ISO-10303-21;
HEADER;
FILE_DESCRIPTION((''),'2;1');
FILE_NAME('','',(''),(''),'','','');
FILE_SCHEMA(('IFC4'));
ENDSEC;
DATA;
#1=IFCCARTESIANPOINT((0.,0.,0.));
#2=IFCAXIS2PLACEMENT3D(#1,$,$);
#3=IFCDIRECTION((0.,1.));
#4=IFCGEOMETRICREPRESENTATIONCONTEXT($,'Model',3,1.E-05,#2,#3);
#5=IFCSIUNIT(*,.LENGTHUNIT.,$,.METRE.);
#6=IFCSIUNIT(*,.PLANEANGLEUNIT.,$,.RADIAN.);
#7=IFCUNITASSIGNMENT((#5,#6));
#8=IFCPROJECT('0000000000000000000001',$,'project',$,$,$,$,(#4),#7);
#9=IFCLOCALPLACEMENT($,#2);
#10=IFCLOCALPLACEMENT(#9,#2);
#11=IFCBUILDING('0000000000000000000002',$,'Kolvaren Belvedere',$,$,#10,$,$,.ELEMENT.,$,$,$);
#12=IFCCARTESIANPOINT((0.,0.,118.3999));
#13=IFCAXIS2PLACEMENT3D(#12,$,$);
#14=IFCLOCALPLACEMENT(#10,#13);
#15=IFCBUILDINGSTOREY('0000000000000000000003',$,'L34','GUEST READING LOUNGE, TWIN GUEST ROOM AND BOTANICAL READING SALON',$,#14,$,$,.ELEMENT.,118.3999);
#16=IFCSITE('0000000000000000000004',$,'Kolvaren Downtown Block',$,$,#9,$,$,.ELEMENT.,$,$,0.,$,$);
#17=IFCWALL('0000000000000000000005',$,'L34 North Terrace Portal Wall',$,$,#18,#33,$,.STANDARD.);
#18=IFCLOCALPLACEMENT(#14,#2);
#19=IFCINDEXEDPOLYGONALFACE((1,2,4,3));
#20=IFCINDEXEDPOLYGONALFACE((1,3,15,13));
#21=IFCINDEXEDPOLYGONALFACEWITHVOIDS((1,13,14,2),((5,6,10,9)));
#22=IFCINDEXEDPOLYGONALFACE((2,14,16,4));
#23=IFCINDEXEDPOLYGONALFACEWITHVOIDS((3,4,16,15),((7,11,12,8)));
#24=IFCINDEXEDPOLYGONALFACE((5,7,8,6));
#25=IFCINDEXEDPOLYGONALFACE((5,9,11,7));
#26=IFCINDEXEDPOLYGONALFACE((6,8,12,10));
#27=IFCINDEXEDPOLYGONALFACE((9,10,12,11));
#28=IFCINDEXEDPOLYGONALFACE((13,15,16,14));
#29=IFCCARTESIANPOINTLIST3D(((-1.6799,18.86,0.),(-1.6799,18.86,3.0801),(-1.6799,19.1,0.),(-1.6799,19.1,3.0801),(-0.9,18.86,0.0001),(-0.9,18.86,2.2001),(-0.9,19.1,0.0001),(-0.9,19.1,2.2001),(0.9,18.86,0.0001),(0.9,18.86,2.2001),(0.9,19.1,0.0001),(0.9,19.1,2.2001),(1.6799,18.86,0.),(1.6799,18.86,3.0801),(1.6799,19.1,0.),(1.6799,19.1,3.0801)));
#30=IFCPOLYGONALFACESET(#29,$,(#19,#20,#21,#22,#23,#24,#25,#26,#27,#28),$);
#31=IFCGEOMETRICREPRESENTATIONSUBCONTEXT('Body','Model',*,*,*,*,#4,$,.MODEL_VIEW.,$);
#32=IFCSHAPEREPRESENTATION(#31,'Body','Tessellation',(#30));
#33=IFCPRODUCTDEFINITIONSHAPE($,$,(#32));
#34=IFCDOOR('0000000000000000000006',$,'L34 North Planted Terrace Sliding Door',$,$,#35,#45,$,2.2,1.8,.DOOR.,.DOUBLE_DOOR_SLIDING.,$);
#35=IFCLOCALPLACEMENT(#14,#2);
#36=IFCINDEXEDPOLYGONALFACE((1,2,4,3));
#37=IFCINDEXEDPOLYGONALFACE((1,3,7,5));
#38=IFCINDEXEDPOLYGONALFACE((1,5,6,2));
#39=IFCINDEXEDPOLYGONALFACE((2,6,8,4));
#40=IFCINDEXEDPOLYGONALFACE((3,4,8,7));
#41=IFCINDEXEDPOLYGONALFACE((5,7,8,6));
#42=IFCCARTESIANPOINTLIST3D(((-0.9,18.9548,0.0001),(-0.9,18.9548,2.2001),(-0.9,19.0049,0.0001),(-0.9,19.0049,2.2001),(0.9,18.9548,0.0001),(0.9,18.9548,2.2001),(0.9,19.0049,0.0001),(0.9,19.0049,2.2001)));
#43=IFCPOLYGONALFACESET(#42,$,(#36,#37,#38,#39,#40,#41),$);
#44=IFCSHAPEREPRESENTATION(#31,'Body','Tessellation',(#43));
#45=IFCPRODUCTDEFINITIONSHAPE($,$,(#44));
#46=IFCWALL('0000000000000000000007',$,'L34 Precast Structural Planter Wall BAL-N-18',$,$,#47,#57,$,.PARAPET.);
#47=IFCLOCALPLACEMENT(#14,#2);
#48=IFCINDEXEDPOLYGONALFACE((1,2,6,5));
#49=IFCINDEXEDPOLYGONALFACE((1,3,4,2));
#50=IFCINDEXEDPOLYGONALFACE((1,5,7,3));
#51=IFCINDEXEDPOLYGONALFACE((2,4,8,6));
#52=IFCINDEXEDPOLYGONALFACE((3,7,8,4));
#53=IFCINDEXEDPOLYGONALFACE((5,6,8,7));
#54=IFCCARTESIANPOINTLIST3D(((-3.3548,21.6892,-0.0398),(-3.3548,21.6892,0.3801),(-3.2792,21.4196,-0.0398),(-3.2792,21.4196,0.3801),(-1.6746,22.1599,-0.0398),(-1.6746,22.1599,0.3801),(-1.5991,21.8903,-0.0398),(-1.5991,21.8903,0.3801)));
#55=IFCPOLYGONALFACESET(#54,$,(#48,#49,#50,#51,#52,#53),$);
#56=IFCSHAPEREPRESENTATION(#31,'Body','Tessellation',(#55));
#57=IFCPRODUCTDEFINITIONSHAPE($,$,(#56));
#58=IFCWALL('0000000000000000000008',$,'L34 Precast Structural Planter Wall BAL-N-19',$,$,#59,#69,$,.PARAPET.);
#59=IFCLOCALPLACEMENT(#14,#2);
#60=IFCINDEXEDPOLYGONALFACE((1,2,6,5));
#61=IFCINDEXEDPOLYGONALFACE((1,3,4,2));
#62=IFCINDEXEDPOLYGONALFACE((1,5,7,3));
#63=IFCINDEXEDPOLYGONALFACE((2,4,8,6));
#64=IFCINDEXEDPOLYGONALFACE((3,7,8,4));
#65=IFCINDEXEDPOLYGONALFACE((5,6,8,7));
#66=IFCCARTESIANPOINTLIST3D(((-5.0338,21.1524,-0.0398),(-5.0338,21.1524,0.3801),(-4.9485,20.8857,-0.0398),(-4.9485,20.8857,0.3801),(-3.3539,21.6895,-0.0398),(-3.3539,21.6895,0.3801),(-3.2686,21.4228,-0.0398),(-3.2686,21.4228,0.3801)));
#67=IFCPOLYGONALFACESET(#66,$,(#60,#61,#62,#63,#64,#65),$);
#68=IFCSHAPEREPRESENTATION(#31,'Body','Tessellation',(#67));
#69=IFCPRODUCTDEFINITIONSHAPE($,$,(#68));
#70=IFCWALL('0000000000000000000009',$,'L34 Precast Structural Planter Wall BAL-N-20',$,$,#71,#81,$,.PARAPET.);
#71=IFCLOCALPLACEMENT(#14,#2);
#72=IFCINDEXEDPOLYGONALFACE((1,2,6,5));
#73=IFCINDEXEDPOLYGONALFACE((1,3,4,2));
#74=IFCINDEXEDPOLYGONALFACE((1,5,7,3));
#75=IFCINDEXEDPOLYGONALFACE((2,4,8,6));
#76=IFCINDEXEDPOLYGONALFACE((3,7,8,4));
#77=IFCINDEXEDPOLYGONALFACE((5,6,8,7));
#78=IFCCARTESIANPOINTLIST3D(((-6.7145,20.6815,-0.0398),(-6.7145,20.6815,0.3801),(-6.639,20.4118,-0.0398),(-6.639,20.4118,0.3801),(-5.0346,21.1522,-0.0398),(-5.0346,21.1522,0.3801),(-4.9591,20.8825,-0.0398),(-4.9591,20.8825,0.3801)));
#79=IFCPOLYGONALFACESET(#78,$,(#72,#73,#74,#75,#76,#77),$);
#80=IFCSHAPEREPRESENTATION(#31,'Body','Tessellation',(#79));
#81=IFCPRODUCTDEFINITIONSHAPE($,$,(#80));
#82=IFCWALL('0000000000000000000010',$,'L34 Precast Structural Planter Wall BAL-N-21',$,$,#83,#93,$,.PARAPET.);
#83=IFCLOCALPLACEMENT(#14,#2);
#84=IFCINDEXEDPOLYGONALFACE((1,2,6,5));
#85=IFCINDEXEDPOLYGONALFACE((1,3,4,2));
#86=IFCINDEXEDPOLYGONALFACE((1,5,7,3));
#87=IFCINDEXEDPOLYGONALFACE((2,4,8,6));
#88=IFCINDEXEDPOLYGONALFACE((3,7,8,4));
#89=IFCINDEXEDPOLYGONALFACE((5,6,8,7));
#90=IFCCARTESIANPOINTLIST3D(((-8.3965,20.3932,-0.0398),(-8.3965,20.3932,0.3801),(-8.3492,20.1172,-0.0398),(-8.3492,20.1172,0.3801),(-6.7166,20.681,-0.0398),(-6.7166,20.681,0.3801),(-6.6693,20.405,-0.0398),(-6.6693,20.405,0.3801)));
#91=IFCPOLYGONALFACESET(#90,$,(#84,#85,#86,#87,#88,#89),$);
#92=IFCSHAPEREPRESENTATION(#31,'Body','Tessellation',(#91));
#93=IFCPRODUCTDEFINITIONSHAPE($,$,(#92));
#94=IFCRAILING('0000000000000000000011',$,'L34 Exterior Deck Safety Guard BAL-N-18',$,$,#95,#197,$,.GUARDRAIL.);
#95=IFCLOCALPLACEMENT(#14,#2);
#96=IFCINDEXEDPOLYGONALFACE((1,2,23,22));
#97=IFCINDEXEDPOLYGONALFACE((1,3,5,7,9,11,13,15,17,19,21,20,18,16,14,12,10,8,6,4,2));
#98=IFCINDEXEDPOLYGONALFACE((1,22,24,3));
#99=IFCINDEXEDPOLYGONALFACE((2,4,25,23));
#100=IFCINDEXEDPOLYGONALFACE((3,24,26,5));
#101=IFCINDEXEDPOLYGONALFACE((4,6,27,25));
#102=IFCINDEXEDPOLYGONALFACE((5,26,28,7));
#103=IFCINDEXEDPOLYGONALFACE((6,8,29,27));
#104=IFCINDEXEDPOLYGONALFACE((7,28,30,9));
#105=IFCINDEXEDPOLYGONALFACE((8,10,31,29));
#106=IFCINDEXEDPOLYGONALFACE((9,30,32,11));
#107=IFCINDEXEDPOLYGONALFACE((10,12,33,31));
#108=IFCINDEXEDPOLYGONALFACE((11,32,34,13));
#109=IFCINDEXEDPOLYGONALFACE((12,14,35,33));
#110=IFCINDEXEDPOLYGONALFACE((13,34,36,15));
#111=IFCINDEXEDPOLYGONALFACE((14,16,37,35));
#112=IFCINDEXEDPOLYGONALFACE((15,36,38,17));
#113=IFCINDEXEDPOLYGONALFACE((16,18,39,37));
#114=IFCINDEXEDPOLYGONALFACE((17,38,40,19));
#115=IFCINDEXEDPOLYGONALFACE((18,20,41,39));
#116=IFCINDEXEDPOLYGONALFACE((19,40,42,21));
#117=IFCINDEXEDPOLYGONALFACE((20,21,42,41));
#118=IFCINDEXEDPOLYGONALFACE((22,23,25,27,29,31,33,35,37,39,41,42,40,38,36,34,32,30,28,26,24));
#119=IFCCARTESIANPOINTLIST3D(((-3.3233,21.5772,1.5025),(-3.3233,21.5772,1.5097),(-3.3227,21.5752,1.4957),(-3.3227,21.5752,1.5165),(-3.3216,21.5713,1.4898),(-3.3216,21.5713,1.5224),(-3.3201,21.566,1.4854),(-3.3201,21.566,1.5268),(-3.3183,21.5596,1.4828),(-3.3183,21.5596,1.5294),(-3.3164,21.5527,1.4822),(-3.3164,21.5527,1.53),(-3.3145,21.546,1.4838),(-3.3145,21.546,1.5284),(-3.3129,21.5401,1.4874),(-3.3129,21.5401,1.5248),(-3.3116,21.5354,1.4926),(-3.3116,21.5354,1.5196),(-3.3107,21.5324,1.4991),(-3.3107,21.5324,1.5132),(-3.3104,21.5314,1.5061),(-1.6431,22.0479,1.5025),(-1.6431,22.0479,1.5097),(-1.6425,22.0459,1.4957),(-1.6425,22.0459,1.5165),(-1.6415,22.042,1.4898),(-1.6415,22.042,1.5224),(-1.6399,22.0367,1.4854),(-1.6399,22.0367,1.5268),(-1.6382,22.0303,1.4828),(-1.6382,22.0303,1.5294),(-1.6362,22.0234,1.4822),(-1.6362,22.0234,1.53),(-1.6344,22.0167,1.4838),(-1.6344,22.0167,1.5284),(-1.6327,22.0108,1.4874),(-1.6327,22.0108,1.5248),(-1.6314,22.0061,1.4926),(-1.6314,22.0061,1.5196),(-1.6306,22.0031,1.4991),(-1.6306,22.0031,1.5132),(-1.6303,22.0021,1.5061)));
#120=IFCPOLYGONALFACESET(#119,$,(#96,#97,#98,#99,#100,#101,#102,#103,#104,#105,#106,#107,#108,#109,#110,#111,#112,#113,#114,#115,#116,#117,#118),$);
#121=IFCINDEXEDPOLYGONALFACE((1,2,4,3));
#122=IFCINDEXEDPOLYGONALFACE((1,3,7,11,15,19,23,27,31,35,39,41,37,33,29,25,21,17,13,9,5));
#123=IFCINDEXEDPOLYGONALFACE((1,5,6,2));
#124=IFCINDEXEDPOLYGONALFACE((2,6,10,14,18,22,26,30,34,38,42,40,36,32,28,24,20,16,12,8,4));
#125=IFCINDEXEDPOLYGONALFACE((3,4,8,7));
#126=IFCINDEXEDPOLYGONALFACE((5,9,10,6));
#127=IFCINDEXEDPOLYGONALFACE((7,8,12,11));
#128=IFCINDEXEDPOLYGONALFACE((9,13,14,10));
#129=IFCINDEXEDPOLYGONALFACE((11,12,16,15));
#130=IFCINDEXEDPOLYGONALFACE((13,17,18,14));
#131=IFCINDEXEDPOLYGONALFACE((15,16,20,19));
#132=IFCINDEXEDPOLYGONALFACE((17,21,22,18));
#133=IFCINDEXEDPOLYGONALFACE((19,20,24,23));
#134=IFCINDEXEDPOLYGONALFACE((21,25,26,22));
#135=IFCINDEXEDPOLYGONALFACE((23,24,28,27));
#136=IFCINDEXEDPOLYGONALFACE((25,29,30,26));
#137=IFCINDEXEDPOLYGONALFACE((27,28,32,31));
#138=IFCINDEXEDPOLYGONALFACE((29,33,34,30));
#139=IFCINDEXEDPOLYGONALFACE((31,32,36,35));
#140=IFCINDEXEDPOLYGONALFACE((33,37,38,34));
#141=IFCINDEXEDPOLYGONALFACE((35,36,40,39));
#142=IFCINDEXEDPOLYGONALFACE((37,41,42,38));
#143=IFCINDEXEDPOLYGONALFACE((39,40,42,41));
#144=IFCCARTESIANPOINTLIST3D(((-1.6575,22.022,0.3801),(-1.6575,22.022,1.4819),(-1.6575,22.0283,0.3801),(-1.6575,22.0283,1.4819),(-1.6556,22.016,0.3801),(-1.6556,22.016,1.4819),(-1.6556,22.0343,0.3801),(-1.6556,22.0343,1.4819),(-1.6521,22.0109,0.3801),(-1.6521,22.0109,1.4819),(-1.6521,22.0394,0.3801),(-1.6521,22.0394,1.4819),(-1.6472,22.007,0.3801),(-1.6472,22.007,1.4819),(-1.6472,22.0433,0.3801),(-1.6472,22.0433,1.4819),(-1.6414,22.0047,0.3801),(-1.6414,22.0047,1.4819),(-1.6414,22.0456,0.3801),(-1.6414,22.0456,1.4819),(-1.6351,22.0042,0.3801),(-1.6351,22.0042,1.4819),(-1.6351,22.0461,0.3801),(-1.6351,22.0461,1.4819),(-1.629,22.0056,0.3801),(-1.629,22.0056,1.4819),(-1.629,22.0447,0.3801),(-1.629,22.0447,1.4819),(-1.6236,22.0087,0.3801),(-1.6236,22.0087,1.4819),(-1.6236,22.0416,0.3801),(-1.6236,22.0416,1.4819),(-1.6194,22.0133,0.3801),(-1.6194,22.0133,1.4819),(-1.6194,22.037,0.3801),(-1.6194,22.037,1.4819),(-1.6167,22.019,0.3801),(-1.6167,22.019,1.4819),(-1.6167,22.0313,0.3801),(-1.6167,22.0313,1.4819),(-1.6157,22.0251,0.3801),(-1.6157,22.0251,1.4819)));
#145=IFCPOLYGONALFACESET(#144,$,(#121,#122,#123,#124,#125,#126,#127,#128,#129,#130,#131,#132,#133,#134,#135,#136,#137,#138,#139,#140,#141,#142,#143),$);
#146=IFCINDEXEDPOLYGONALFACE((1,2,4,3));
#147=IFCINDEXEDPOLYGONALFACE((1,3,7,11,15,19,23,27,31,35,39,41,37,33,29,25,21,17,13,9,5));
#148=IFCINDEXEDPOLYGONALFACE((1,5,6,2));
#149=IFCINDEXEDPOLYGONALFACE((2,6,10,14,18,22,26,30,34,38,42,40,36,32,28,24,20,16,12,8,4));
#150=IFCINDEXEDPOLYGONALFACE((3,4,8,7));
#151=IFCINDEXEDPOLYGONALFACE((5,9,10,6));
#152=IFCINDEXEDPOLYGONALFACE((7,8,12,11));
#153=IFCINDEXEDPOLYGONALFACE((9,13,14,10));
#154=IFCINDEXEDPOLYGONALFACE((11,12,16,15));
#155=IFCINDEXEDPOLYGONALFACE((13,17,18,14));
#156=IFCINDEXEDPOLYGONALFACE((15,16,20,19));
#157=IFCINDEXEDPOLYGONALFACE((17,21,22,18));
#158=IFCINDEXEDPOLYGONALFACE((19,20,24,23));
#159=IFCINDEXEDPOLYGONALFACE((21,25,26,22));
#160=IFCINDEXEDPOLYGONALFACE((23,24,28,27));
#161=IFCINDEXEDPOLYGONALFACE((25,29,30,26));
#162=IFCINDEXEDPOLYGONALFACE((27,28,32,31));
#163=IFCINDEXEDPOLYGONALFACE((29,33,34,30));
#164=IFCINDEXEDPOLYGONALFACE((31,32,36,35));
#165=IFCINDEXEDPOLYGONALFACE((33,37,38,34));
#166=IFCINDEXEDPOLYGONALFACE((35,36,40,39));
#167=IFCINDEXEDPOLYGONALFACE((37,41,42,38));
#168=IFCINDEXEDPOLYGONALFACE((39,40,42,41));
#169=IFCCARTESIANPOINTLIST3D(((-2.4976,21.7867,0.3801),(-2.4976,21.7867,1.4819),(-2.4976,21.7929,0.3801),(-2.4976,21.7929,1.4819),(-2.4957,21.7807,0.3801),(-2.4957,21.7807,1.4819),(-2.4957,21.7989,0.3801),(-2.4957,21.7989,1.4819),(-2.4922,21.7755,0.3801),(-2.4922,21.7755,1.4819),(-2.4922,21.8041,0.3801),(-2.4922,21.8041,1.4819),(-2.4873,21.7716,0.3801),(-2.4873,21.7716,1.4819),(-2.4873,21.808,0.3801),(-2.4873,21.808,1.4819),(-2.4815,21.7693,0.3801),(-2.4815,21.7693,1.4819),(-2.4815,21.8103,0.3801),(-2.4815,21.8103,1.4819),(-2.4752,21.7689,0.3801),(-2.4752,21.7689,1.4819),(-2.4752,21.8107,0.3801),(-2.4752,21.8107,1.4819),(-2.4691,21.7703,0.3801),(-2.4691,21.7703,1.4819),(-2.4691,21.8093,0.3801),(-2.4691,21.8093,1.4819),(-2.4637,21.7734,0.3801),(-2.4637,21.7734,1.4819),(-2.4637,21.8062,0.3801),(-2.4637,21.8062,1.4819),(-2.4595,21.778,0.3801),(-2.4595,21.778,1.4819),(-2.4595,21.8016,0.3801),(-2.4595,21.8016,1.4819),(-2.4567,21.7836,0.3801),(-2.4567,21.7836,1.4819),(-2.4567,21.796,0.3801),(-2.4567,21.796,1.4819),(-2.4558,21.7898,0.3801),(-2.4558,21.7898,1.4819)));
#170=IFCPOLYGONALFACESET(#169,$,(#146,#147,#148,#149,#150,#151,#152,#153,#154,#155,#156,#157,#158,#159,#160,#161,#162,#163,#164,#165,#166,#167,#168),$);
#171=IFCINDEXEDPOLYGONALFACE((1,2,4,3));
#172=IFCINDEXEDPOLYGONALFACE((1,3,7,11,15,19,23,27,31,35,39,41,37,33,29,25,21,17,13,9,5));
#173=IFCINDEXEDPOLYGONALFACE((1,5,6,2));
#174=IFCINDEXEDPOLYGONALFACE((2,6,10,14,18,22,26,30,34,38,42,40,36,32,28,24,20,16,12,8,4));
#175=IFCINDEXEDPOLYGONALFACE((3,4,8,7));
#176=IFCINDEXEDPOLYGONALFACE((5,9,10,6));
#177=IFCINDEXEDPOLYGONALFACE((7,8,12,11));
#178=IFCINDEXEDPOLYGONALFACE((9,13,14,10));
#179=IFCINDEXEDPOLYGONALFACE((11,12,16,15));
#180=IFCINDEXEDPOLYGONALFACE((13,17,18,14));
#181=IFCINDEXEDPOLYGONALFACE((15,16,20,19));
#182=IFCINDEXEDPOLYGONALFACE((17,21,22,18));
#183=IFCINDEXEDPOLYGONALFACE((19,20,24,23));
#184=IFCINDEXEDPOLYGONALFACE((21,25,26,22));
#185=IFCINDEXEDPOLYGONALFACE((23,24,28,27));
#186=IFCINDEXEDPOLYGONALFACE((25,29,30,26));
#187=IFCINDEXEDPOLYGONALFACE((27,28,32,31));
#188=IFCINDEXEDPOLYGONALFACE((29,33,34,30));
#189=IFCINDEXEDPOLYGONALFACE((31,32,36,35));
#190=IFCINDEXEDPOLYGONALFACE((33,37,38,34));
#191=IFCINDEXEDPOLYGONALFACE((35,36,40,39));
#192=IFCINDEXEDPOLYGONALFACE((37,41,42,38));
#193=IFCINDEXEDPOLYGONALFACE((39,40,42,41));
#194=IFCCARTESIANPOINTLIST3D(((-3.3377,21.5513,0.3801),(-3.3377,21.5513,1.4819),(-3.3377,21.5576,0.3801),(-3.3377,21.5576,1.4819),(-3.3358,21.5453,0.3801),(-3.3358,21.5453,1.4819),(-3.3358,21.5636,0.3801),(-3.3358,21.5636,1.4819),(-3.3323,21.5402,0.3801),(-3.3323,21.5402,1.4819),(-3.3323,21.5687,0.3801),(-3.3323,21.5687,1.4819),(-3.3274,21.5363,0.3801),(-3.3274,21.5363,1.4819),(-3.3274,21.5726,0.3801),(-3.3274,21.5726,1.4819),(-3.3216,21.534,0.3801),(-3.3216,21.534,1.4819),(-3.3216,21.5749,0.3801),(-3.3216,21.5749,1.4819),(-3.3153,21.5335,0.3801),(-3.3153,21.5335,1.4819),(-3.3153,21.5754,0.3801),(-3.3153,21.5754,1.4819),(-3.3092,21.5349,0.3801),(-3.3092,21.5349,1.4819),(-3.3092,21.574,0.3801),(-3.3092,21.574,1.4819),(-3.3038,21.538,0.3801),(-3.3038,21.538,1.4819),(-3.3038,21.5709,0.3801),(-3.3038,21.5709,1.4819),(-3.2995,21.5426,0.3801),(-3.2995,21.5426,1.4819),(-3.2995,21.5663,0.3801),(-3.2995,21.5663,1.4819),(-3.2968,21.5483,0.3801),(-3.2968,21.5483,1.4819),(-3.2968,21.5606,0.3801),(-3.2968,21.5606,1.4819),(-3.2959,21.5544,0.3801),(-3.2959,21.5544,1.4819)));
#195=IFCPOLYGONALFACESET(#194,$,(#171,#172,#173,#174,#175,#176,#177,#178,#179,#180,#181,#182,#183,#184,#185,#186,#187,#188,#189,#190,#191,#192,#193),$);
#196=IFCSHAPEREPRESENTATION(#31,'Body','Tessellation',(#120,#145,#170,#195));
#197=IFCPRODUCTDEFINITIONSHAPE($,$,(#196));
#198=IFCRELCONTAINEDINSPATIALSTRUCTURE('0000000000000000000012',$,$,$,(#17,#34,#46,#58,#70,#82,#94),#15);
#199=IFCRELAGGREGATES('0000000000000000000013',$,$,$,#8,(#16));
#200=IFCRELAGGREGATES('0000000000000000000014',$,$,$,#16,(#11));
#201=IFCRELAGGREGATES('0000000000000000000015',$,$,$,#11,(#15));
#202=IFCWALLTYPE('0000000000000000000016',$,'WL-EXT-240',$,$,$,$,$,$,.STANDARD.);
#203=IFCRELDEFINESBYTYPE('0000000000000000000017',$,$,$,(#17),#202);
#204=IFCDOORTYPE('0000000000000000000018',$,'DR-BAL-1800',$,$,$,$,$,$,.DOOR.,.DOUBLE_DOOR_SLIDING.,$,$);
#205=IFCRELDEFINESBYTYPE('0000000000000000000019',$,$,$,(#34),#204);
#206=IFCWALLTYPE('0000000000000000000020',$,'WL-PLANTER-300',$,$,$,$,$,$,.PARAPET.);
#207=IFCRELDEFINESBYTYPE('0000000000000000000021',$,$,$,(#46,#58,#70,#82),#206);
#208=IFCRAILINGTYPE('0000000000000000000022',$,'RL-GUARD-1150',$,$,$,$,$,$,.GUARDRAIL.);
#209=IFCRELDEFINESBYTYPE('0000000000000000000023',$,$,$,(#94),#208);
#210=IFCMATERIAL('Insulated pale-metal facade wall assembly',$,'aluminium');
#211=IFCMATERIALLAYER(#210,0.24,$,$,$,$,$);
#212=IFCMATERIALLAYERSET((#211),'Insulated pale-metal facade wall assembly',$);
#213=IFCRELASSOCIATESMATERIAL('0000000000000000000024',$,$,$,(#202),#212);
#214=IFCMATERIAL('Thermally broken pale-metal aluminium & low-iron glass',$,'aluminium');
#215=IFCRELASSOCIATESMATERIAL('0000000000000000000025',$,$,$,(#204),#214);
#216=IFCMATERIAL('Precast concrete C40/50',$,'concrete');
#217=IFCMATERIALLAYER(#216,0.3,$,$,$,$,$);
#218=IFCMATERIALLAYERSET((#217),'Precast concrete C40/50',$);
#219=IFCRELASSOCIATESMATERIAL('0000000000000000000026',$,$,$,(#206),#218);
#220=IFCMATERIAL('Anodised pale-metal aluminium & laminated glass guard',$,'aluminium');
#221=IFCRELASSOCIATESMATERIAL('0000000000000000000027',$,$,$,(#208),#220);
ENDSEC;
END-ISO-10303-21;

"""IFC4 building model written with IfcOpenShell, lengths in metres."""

from ifc_helpers import new_model, si_unit, direction, frame, frame_2d, origin, origin_2d, place, context, subcontext, project, spatial, rectangle, circle, extrude, material, layer, layer_set, type_object, element, fill, save


model = new_model("IFC4")

# Units and contexts
model_context = context("Model", 3, precision=1e-05, world=origin(), true_north=direction((0.0, 1.0)))
body_context = subcontext(model_context, "Body", "Model", "MODEL_VIEW")
ifc_project = project(units=[si_unit("LENGTHUNIT", "METRE"), si_unit("PLANEANGLEUNIT", "RADIAN")], contexts=[model_context])

# Site, building, storey
site_placement = place(None, origin())
site = spatial("IfcSite", under=ifc_project, at=site_placement, Name="Kolvaren Downtown Block", CompositionType="ELEMENT", RefElevation=0.0)
building_placement = place(site_placement, origin())
building = spatial("IfcBuilding", under=site, at=building_placement, Name="Kolvaren Belvedere", CompositionType="ELEMENT")
storey_placement = place(building_placement, frame((0.0, 0.0, 118.3999)))
storey = spatial("IfcBuildingStorey", under=building, at=storey_placement, Name="L34", Description="GUEST READING LOUNGE, TWIN GUEST ROOM AND BOTANICAL READING SALON", CompositionType="ELEMENT", Elevation=118.3999)

# Wall, opening, door
ifc_material_1 = material(Name="Insulated pale-metal facade wall assembly", Category="aluminium")
ifc_layer_1 = layer(ifc_material_1, 0.24)
ifc_layer_set_1 = layer_set([ifc_layer_1], Name="Insulated pale-metal facade wall assembly")
wall_type_1 = type_object("IfcWallType", Name="WL-EXT-240", PredefinedType="STANDARD", material=ifc_layer_set_1)
wall_1_placement = place(storey_placement, frame((-1.6799, 18.98, 0.0), z_axis=(0.0, 0.0, 1.0), x_axis=(1.0, 0.0, 0.0)))
wall_1 = element("IfcWall", 1, at=wall_1_placement, inside=storey, type_object=wall_type_1, Name="L34 North Terrace Portal Wall", PredefinedType="STANDARD", context=body_context, shape_type="SweptSolid", body=[
    extrude(rectangle(XDim=3.3599, YDim=0.24, at=frame_2d((1.6799, 0.0))), origin(), (0.0, 0.0, 1.0), 3.0801),
])
opening_placement = place(wall_1_placement, frame((0.78, 0.0, 0.0)))
opening = element("IfcOpeningElement", 2, at=opening_placement, cuts=wall_1, PredefinedType="OPENING", context=body_context, shape_type="SweptSolid", body=[
    extrude(rectangle(XDim=1.8, YDim=2.2, at=frame_2d((0.8999, 1.1001))), frame((0.0, 0.1299, 0.0), z_axis=(0.0, -1.0, 0.0), x_axis=(1.0, 0.0, 0.0)), (0.0, 0.0, 1.0), 0.26),
])
ifc_material_2 = material(Name="Thermally broken pale-metal aluminium & low-iron glass", Category="aluminium")
door_type = type_object("IfcDoorType", Name="DR-BAL-1800", OperationType="DOUBLE_DOOR_SLIDING", PredefinedType="DOOR", material=ifc_material_2)
door_placement = place(opening_placement, origin())
door = element("IfcDoor", 3, at=door_placement, inside=storey, type_object=door_type, Name="L34 North Planted Terrace Sliding Door", OperationType="DOUBLE_DOOR_SLIDING", OverallHeight=2.2, OverallWidth=1.8, PredefinedType="DOOR", context=body_context, shape_type="SweptSolid", body=[
    extrude(rectangle(XDim=1.8, YDim=2.2, at=frame_2d((0.8999, 1.1001))), frame((0.0, 0.0249, 0.0), z_axis=(0.0, -1.0, 0.0), x_axis=(1.0, 0.0, 0.0)), (0.0, 0.0, 1.0), 0.05),
])
fill(opening, door)

# Walls
ifc_material_3 = material(Name="Precast concrete C40/50", Category="concrete")
ifc_layer_2 = layer(ifc_material_3, 0.3)
ifc_layer_set_2 = layer_set([ifc_layer_2], Name="Precast concrete C40/50")
wall_type_2 = type_object("IfcWallType", Name="WL-PLANTER-300", PredefinedType="PARAPET", material=ifc_layer_set_2)
wall_2_placement = place(storey_placement, frame((-1.6367, 22.0251, -0.0398), z_axis=(0.0, 0.0, 1.0), x_axis=(-0.962926, -0.269765, 0.0)))
element("IfcWall", 4, at=wall_2_placement, inside=storey, type_object=wall_type_2, Name="L34 Precast Structural Planter Wall BAL-N-18", PredefinedType="PARAPET", context=body_context, shape_type="SweptSolid", body=[
    extrude(rectangle(XDim=1.7449, YDim=0.28, at=frame_2d((0.8726, 0.0))), origin(), (0.0, 0.0, 1.0), 0.4199),
])
wall_3_placement = place(storey_placement, frame((-3.3113, 21.5562, -0.0398), z_axis=(0.0, 0.0, 1.0), x_axis=(-0.952501, -0.304535, 0.0)))
element("IfcWall", 5, at=wall_3_placement, inside=storey, type_object=wall_type_2, Name="L34 Precast Structural Planter Wall BAL-N-19", PredefinedType="PARAPET", context=body_context, shape_type="SweptSolid", body=[
    extrude(rectangle(XDim=1.7637, YDim=0.28, at=frame_2d((0.8818, 0.0))), origin(), (0.0, 0.0, 1.0), 0.4199),
])
wall_4_placement = place(storey_placement, frame((-4.9968, 21.0173, -0.0398), z_axis=(0.0, 0.0, 1.0), x_axis=(-0.962916, -0.269801, 0.0)))
element("IfcWall", 6, at=wall_4_placement, inside=storey, type_object=wall_type_2, Name="L34 Precast Structural Planter Wall BAL-N-20", PredefinedType="PARAPET", context=body_context, shape_type="SweptSolid", body=[
    extrude(rectangle(XDim=1.7446, YDim=0.28, at=frame_2d((0.8723, 0.0))), origin(), (0.0, 0.0, 1.0), 0.4199),
])
wall_5_placement = place(storey_placement, frame((-6.6931, 20.543, -0.0398), z_axis=(0.0, 0.0, 1.0), x_axis=(-0.985637, -0.16888, 0.0)))
element("IfcWall", 7, at=wall_5_placement, inside=storey, type_object=wall_type_2, Name="L34 Precast Structural Planter Wall BAL-N-21", PredefinedType="PARAPET", context=body_context, shape_type="SweptSolid", body=[
    extrude(rectangle(XDim=1.7043, YDim=0.28, at=frame_2d((0.8521, 0.0))), origin(), (0.0, 0.0, 1.0), 0.4199),
])

# Railing
ifc_material_4 = material(Name="Anodised pale-metal aluminium & laminated glass guard", Category="aluminium")
railing_type = type_object("IfcRailingType", Name="RL-GUARD-1150", PredefinedType="GUARDRAIL", material=ifc_material_4)
railing_1_placement = place(storey_placement, frame((-1.6367, 22.0251, 0.3801)))
element("IfcRailing", 8, at=railing_1_placement, inside=storey, type_object=railing_type, Name="L34 Exterior Deck Safety Guard BAL-N-18", PredefinedType="GUARDRAIL", context=body_context, shape_type="SweptSolid", body=[
    extrude(circle(Radius=0.0239, at=origin_2d()), frame((0.0, 0.0, 1.126), z_axis=(-0.962926, -0.269765, 0.0), x_axis=(0.269765, -0.962926, 0.0)), (0.0, 0.0, 1.0), 1.7449),
    extrude(circle(Radius=0.021, at=origin_2d()), origin(), (0.0, 0.0, 1.0), 1.1018),
    extrude(circle(Radius=0.021, at=origin_2d()), frame((-0.8401, -0.2354, 0.0)), (0.0, 0.0, 1.0), 1.1018),
    extrude(circle(Radius=0.021, at=origin_2d()), frame((-1.6802, -0.4707, 0.0)), (0.0, 0.0, 1.0), 1.1018),
])

save(model, "model.ifc")
